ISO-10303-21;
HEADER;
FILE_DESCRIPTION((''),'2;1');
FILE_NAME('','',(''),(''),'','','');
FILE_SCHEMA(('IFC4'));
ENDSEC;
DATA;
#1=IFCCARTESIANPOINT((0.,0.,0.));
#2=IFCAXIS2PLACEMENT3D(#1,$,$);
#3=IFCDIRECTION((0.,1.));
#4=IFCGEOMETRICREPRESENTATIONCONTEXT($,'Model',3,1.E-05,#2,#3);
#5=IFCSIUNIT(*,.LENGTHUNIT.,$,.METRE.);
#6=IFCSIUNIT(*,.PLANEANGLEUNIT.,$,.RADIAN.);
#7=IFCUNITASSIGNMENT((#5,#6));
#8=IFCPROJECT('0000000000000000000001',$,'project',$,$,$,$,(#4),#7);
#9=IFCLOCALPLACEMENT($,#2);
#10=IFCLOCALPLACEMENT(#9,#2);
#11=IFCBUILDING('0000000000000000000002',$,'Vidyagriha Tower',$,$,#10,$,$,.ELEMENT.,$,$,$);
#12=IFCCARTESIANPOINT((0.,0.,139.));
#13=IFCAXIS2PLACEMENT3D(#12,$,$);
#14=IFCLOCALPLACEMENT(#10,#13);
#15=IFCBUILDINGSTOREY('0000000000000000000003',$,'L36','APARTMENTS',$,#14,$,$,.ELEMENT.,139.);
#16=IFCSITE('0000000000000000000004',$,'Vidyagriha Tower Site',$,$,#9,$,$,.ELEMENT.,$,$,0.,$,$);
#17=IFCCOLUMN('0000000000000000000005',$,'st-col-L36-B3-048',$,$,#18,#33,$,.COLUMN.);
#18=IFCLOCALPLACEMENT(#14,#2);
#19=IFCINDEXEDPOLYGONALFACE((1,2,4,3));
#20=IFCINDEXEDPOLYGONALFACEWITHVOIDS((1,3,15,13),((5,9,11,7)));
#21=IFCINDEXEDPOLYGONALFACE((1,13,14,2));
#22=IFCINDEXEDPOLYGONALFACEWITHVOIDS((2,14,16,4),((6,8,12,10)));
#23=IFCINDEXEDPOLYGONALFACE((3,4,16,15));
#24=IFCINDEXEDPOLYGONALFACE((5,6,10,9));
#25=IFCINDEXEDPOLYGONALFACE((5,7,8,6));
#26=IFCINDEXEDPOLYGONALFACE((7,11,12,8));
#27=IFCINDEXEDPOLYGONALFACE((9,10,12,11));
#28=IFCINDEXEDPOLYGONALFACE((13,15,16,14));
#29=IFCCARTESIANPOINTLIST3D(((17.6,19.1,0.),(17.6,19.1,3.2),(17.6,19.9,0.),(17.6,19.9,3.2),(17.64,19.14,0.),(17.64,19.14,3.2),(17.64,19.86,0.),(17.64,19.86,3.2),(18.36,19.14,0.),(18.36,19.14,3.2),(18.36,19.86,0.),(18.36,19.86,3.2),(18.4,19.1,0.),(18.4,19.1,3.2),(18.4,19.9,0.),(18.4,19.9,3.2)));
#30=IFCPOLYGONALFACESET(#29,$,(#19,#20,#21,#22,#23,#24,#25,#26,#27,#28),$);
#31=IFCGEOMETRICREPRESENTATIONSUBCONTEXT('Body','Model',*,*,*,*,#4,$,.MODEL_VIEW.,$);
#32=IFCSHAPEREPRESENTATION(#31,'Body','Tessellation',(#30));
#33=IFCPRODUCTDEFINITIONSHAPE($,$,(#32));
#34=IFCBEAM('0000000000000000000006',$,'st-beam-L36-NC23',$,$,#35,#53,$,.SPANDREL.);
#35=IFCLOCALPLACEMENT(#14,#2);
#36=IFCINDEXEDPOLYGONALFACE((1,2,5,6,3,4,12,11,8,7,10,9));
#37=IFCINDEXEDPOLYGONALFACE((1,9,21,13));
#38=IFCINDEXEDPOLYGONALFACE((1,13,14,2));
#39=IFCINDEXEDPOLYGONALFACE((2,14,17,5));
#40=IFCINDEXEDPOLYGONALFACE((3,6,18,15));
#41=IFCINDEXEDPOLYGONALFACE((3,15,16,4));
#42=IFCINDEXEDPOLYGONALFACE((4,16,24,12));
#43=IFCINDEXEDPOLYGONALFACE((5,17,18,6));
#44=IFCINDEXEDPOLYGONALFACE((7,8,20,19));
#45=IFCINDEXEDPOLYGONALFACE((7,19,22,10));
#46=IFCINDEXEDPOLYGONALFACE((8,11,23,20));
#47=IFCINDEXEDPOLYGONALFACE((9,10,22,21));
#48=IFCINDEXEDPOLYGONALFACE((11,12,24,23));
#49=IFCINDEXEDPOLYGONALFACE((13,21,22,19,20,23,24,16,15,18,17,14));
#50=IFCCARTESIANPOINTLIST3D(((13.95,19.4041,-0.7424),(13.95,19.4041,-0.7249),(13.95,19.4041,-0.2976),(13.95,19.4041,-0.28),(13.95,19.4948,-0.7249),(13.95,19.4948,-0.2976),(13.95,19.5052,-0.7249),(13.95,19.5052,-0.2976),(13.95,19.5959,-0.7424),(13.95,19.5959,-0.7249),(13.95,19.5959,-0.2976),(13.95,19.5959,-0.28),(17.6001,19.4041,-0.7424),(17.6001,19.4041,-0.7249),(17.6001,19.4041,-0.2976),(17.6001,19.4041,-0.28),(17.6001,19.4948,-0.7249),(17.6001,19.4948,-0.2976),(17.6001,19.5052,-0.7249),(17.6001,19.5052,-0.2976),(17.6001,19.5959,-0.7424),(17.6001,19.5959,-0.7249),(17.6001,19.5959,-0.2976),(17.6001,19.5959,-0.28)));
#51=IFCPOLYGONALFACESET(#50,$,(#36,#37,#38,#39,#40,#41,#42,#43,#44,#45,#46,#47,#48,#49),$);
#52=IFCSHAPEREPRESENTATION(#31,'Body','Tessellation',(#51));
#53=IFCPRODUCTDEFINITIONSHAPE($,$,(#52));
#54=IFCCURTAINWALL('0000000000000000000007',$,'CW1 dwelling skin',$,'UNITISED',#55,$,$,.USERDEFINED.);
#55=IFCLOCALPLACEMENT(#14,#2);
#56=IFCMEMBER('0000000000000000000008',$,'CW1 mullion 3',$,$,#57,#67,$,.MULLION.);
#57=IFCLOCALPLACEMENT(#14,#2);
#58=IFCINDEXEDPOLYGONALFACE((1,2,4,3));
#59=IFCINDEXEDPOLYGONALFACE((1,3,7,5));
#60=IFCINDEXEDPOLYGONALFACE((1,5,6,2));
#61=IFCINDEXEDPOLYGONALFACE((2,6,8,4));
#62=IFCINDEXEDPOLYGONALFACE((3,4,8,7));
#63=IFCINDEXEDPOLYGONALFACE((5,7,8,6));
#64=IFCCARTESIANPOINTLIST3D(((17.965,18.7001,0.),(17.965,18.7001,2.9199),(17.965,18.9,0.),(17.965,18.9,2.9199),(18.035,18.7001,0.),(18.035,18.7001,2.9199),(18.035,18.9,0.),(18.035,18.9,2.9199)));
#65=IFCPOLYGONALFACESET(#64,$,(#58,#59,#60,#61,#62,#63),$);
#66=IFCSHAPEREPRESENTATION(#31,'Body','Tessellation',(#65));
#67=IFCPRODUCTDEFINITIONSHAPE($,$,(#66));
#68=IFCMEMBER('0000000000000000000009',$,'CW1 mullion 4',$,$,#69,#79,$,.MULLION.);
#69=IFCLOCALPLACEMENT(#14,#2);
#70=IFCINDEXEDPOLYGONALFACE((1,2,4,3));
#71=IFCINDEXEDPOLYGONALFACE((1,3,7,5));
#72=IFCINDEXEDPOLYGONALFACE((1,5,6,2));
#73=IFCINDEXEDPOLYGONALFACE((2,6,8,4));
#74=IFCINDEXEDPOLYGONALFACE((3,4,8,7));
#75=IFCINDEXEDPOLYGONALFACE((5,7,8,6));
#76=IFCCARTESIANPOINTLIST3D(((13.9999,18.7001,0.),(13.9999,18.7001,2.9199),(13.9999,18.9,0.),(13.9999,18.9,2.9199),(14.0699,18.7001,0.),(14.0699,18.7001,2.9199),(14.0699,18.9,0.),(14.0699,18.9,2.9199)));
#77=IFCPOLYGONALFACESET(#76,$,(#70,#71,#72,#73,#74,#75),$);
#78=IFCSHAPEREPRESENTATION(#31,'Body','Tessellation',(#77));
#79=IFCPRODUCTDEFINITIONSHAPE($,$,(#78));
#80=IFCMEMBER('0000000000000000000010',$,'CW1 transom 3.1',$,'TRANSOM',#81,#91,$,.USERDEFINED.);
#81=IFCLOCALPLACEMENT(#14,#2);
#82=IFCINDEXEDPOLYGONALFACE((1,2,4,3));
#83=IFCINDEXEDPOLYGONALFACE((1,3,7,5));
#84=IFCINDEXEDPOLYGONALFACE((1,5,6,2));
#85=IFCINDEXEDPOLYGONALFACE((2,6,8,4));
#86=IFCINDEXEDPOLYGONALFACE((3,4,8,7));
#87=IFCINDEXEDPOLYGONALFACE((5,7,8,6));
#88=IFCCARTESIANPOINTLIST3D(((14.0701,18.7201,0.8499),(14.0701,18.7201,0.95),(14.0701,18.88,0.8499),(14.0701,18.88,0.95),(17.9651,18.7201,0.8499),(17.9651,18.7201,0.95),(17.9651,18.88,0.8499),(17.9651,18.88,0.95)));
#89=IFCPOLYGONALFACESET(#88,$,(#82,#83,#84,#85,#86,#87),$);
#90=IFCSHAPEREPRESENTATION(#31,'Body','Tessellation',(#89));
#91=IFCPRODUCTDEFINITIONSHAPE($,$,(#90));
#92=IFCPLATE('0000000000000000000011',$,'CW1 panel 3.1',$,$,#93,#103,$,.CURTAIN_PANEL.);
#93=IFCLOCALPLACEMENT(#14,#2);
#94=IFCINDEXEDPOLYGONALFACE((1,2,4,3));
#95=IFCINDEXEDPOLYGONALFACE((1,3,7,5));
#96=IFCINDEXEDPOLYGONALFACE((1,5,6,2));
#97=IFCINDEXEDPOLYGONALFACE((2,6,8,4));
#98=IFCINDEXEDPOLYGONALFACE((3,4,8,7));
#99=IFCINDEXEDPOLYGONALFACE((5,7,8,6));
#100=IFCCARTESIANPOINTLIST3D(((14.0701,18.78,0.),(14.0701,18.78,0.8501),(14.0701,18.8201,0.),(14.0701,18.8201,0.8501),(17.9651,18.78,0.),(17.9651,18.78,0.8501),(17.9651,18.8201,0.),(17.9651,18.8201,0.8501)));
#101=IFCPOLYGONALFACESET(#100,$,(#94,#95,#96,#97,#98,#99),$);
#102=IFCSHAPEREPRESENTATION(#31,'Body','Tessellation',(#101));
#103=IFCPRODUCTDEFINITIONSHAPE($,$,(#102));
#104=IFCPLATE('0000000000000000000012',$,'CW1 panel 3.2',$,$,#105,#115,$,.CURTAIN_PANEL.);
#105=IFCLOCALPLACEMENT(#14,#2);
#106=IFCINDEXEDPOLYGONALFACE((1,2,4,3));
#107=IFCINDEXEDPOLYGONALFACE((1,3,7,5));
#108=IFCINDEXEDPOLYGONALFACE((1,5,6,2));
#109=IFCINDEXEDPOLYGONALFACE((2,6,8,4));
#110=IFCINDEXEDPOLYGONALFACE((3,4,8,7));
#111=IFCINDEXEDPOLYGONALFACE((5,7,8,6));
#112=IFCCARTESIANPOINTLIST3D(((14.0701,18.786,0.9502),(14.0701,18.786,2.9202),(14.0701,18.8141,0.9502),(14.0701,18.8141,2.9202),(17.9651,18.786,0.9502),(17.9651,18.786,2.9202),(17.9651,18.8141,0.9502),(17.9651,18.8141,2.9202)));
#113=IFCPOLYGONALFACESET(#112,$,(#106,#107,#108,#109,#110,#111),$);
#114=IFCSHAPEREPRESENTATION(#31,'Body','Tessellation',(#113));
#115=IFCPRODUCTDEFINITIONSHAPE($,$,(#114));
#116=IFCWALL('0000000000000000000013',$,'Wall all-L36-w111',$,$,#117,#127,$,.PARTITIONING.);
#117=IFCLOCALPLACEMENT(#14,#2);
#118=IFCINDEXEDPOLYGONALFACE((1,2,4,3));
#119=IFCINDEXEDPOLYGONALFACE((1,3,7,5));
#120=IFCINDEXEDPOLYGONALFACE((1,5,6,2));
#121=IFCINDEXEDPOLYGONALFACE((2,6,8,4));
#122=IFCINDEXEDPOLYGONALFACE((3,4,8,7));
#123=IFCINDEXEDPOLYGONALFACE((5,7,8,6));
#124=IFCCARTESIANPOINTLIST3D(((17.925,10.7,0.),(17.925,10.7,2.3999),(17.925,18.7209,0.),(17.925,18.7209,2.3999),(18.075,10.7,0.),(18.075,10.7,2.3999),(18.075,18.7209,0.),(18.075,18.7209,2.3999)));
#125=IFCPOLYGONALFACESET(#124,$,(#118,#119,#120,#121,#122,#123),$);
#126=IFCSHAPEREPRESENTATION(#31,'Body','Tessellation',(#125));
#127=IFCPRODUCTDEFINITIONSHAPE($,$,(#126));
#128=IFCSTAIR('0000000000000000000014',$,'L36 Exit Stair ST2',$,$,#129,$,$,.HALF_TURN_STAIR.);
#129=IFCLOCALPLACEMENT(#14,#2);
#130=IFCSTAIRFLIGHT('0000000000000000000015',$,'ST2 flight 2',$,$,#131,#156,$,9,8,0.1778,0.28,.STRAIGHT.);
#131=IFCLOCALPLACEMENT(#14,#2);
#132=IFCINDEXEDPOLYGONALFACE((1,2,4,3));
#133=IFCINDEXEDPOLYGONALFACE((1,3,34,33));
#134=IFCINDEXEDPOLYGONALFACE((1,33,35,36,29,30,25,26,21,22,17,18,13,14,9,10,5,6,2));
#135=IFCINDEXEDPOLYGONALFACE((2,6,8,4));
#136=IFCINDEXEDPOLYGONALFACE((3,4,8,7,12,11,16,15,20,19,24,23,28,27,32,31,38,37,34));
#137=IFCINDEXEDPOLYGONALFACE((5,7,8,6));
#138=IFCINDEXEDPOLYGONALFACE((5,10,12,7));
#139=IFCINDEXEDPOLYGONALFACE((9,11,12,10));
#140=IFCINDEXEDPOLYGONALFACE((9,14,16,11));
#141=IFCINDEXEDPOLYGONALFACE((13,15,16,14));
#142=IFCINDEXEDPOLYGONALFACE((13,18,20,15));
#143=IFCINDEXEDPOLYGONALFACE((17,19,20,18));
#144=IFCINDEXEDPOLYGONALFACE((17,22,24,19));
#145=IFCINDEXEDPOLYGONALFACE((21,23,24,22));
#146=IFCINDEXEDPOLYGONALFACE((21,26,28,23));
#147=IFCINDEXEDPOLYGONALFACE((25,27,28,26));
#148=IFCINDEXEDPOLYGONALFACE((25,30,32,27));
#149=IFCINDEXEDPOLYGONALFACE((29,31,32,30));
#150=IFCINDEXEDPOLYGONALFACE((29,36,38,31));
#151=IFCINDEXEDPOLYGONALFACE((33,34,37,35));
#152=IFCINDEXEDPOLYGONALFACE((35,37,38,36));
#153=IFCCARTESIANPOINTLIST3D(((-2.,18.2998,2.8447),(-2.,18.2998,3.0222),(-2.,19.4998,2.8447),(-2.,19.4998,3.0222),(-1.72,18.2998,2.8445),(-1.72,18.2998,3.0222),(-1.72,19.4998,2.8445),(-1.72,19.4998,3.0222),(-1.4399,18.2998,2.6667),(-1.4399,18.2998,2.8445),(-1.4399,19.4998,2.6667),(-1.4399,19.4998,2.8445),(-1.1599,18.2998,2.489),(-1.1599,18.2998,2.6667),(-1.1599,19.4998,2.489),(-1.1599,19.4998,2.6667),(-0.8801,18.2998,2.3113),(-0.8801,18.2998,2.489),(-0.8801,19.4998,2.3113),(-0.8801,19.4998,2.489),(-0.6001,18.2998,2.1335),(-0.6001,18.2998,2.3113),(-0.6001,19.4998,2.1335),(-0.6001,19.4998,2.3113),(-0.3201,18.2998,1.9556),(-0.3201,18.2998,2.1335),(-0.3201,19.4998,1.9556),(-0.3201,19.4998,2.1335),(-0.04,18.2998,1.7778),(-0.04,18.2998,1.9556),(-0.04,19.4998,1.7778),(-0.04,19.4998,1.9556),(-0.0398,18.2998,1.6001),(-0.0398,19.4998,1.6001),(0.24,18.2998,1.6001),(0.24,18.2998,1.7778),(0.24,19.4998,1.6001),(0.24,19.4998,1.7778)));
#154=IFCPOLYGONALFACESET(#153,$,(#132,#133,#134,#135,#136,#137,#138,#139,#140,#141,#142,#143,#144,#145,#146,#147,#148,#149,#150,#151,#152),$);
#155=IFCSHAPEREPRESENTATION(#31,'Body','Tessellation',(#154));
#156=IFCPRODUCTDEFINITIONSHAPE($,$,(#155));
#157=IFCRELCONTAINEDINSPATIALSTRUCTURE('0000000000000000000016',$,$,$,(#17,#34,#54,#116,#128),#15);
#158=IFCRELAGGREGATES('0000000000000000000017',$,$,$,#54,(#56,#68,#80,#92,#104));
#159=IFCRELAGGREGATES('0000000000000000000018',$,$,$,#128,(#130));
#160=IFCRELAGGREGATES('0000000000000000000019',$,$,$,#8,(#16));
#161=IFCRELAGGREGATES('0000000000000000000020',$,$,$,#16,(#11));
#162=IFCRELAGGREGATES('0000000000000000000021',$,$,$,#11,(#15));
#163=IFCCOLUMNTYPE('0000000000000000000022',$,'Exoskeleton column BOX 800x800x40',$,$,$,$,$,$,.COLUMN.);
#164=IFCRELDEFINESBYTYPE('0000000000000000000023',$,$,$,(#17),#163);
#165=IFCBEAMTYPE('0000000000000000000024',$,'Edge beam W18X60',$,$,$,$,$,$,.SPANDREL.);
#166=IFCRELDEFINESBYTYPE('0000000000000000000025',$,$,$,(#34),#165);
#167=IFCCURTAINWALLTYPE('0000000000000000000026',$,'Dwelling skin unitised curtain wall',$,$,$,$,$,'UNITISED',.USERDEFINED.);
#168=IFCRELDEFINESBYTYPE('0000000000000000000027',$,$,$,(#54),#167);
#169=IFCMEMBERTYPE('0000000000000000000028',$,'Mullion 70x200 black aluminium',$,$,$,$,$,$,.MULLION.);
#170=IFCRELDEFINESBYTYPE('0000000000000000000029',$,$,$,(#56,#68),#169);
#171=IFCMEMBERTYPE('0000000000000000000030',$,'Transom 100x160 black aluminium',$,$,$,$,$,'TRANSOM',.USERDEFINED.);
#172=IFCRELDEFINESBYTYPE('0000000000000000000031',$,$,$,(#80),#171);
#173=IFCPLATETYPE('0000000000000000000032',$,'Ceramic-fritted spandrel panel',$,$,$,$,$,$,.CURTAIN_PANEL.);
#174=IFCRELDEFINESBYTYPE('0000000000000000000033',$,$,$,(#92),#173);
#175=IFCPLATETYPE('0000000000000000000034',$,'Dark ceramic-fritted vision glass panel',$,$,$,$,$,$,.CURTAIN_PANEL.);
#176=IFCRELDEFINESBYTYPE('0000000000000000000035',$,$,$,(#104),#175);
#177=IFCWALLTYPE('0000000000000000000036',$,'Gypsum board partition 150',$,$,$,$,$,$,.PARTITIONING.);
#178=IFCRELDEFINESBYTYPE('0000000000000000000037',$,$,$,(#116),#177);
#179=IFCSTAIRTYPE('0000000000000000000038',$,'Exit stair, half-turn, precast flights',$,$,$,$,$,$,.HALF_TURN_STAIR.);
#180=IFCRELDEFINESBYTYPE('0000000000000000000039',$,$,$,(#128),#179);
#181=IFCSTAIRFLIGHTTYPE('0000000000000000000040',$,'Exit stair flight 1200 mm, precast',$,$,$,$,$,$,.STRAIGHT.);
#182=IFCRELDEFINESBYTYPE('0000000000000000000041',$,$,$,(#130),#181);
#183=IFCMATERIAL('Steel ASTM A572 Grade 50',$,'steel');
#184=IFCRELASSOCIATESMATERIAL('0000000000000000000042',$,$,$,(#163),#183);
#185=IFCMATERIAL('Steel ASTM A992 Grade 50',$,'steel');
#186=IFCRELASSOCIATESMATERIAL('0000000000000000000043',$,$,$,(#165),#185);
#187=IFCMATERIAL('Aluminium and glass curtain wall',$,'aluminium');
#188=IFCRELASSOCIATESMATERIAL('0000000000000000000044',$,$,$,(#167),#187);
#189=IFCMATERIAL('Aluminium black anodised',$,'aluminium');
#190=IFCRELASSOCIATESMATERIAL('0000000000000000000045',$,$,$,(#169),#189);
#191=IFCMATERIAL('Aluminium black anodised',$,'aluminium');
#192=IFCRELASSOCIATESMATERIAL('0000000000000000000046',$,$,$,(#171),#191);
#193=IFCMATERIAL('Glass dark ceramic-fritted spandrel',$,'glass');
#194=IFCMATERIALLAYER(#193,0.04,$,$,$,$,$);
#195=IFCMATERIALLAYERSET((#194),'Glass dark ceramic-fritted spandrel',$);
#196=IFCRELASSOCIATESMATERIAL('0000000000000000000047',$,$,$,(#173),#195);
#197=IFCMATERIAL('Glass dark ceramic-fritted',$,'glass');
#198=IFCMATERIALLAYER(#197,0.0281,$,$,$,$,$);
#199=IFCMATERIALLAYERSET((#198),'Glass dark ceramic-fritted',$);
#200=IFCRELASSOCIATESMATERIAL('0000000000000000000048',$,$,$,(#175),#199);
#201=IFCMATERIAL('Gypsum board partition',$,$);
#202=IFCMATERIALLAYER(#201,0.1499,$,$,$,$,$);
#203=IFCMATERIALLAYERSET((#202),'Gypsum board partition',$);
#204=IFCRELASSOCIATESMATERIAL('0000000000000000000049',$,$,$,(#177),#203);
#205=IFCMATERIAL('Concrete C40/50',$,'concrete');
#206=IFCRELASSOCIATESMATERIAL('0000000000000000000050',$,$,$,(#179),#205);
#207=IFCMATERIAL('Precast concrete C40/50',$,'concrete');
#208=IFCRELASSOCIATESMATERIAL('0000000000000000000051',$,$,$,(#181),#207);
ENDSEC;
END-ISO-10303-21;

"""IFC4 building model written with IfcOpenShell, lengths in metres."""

from ifc_helpers import new_model, si_unit, direction, frame, frame_2d, origin, origin_2d, place, context, subcontext, project, spatial, polyline, rectangle, hollow_rectangle, i_section, outline, extrude, material, layer, layer_set, material_profile, profile_set, type_object, element, aggregate, save


model = new_model("IFC4")

# Units and contexts
model_context = context("Model", 3, precision=1e-05, world=origin(), true_north=direction((0.0, 1.0)))
body_context = subcontext(model_context, "Body", "Model", "MODEL_VIEW")
ifc_project = project(units=[si_unit("LENGTHUNIT", "METRE"), si_unit("PLANEANGLEUNIT", "RADIAN")], contexts=[model_context])

# Site, building, storey
site_placement = place(None, origin())
site = spatial("IfcSite", under=ifc_project, at=site_placement, Name="Vidyagriha Tower Site", CompositionType="ELEMENT", RefElevation=0.0)
building_placement = place(site_placement, origin())
building = spatial("IfcBuilding", under=site, at=building_placement, Name="Vidyagriha Tower", CompositionType="ELEMENT")
storey_placement = place(building_placement, frame((0.0, 0.0, 139.0)))
storey = spatial("IfcBuildingStorey", under=building, at=storey_placement, Name="L36", Description="APARTMENTS", CompositionType="ELEMENT", Elevation=139.0)

# Column
ifc_material_1 = material(Name="Steel ASTM A572 Grade 50", Category="steel")
ifc_material_profile_1 = material_profile(ifc_material_1, hollow_rectangle(XDim=0.8, YDim=0.8, WallThickness=0.04, at=origin_2d()), Name="BOX 800x800x40")
ifc_profile_set_1 = profile_set([ifc_material_profile_1], Name="Steel ASTM A572 Grade 50")
column_type = type_object("IfcColumnType", Name="Exoskeleton column BOX 800x800x40", PredefinedType="COLUMN", material=ifc_profile_set_1)
column_placement = place(storey_placement, frame((18.0, 19.5, 0.0)))
element("IfcColumn", 1, at=column_placement, inside=storey, type_object=column_type, Name="st-col-L36-B3-048", PredefinedType="COLUMN", context=body_context, shape_type="SweptSolid", body=[
    extrude(hollow_rectangle(XDim=0.8, YDim=0.8, WallThickness=0.04, at=origin_2d()), origin(), (0.0, 0.0, 1.0), 3.2),
])

# Beam
ifc_material_2 = material(Name="Steel ASTM A992 Grade 50", Category="steel")
ifc_material_profile_2 = material_profile(ifc_material_2, i_section(OverallWidth=0.1919, OverallDepth=0.4624, WebThickness=0.0105, FlangeThickness=0.0176, at=origin_2d()), Name="W18X60")
ifc_profile_set_2 = profile_set([ifc_material_profile_2], Name="Steel ASTM A992 Grade 50")
beam_type = type_object("IfcBeamType", Name="Edge beam W18X60", PredefinedType="SPANDREL", material=ifc_profile_set_2)
beam_placement = place(storey_placement, frame((13.95, 19.5, -0.5112), z_axis=(1.0, 0.0, 0.0), x_axis=(0.0, 1.0, 0.0)))
element("IfcBeam", 2, at=beam_placement, inside=storey, type_object=beam_type, Name="st-beam-L36-NC23", PredefinedType="SPANDREL", context=body_context, shape_type="SweptSolid", body=[
    extrude(i_section(OverallWidth=0.1919, OverallDepth=0.4624, WebThickness=0.0105, FlangeThickness=0.0176, at=origin_2d()), origin(), (0.0, 0.0, 1.0), 3.6501),
])

# Curtain wall, members, plates
ifc_material_3 = material(Name="Aluminium and glass curtain wall", Category="aluminium")
curtain_wall_type = type_object("IfcCurtainWallType", Name="Dwelling skin unitised curtain wall", ElementType="UNITISED", PredefinedType="USERDEFINED", material=ifc_material_3)
curtain_wall_placement = place(storey_placement, origin())
curtain_wall = element("IfcCurtainWall", 3, at=curtain_wall_placement, inside=storey, type_object=curtain_wall_type, Name="CW1 dwelling skin", ObjectType="UNITISED", PredefinedType="USERDEFINED")
ifc_material_4 = material(Name="Aluminium black anodised", Category="aluminium")
ifc_material_profile_3 = material_profile(ifc_material_4, rectangle(XDim=0.2, YDim=0.0701, at=origin_2d()), Name="Mullion 70x200 black aluminium")
ifc_profile_set_3 = profile_set([ifc_material_profile_3], Name="Aluminium black anodised")
member_type_1 = type_object("IfcMemberType", Name="Mullion 70x200 black aluminium", PredefinedType="MULLION", material=ifc_profile_set_3)
member_1_placement = place(storey_placement, frame((18.0, 18.8, 0.0), z_axis=(0.0, 0.0, 1.0), x_axis=(0.0, -1.0, 0.0)))
member_1 = element("IfcMember", 4, at=member_1_placement, type_object=member_type_1, Name="CW1 mullion 3", PredefinedType="MULLION", context=body_context, shape_type="SweptSolid", body=[
    extrude(rectangle(XDim=0.2, YDim=0.0701, at=origin_2d()), origin(), (0.0, 0.0, 1.0), 2.9199),
])
member_2_placement = place(storey_placement, frame((14.0349, 18.8, 0.0), z_axis=(0.0, 0.0, 1.0), x_axis=(0.0, -1.0, 0.0)))
member_2 = element("IfcMember", 5, at=member_2_placement, type_object=member_type_1, Name="CW1 mullion 4", PredefinedType="MULLION", context=body_context, shape_type="SweptSolid", body=[
    extrude(rectangle(XDim=0.2, YDim=0.0701, at=origin_2d()), origin(), (0.0, 0.0, 1.0), 2.9199),
])
ifc_material_5 = material(Name="Aluminium black anodised", Category="aluminium")
ifc_material_profile_4 = material_profile(ifc_material_5, rectangle(XDim=0.1599, YDim=0.1001, at=origin_2d()), Name="Transom 100x160 black aluminium")
ifc_profile_set_4 = profile_set([ifc_material_profile_4], Name="Aluminium black anodised")
member_type_2 = type_object("IfcMemberType", Name="Transom 100x160 black aluminium", ElementType="TRANSOM", PredefinedType="USERDEFINED", material=ifc_profile_set_4)
member_3_placement = place(storey_placement, frame((17.9651, 18.8, 0.8999), z_axis=(-1.0, 0.0, 0.0), x_axis=(0.0, -1.0, 0.0)))
member_3 = element("IfcMember", 6, at=member_3_placement, type_object=member_type_2, Name="CW1 transom 3.1", ObjectType="TRANSOM", PredefinedType="USERDEFINED", context=body_context, shape_type="SweptSolid", body=[
    extrude(rectangle(XDim=0.1599, YDim=0.1001, at=origin_2d()), origin(), (0.0, 0.0, 1.0), 3.895),
])
ifc_material_6 = material(Name="Glass dark ceramic-fritted spandrel", Category="glass")
ifc_layer_1 = layer(ifc_material_6, 0.04)
ifc_layer_set_1 = layer_set([ifc_layer_1], Name="Glass dark ceramic-fritted spandrel")
plate_type_1 = type_object("IfcPlateType", Name="Ceramic-fritted spandrel panel", PredefinedType="CURTAIN_PANEL", material=ifc_layer_set_1)
plate_1_placement = place(storey_placement, frame((16.0176, 18.8, 0.0), z_axis=(0.0, 0.0, 1.0), x_axis=(-1.0, 0.0, 0.0)))
plate_1 = element("IfcPlate", 7, at=plate_1_placement, type_object=plate_type_1, Name="CW1 panel 3.1", PredefinedType="CURTAIN_PANEL", context=body_context, shape_type="SweptSolid", body=[
    extrude(rectangle(XDim=3.895, YDim=0.04, at=origin_2d()), origin(), (0.0, 0.0, 1.0), 0.8501),
])
ifc_material_7 = material(Name="Glass dark ceramic-fritted", Category="glass")
ifc_layer_2 = layer(ifc_material_7, 0.0281)
ifc_layer_set_2 = layer_set([ifc_layer_2], Name="Glass dark ceramic-fritted")
plate_type_2 = type_object("IfcPlateType", Name="Dark ceramic-fritted vision glass panel", PredefinedType="CURTAIN_PANEL", material=ifc_layer_set_2)
plate_2_placement = place(storey_placement, frame((16.0176, 18.8, 0.9502), z_axis=(0.0, 0.0, 1.0), x_axis=(-1.0, 0.0, 0.0)))
plate_2 = element("IfcPlate", 8, at=plate_2_placement, type_object=plate_type_2, Name="CW1 panel 3.2", PredefinedType="CURTAIN_PANEL", context=body_context, shape_type="SweptSolid", body=[
    extrude(rectangle(XDim=3.895, YDim=0.0281, at=origin_2d()), origin(), (0.0, 0.0, 1.0), 1.97),
])
aggregate(curtain_wall, [member_1, member_2, member_3, plate_1, plate_2])

# Wall
ifc_material_8 = material(Name="Gypsum board partition")
ifc_layer_3 = layer(ifc_material_8, 0.1499)
ifc_layer_set_3 = layer_set([ifc_layer_3], Name="Gypsum board partition")
wall_type = type_object("IfcWallType", Name="Gypsum board partition 150", PredefinedType="PARTITIONING", material=ifc_layer_set_3)
wall_placement = place(storey_placement, frame((18.0, 18.7209, 0.0), z_axis=(0.0, 0.0, 1.0), x_axis=(0.0, -1.0, 0.0)))
element("IfcWall", 9, at=wall_placement, inside=storey, type_object=wall_type, Name="Wall all-L36-w111", PredefinedType="PARTITIONING", context=body_context, shape_type="SweptSolid", body=[
    extrude(rectangle(XDim=8.021, YDim=0.1499, at=frame_2d((4.0105, 0.0))), origin(), (0.0, 0.0, 1.0), 2.3999),
])

# Stair, stair flight
ifc_material_9 = material(Name="Concrete C40/50", Category="concrete")
stair_type = type_object("IfcStairType", Name="Exit stair, half-turn, precast flights", PredefinedType="HALF_TURN_STAIR", material=ifc_material_9)
stair_1_placement = place(storey_placement, origin())
stair_1 = element("IfcStair", 10, at=stair_1_placement, inside=storey, type_object=stair_type, Name="L36 Exit Stair ST2", PredefinedType="HALF_TURN_STAIR")
ifc_material_10 = material(Name="Precast concrete C40/50", Category="concrete")
stair_flight_type = type_object("IfcStairFlightType", Name="Exit stair flight 1200 mm, precast", PredefinedType="STRAIGHT", material=ifc_material_10)
stair_flight_1_placement = place(storey_placement, frame((0.24, 18.8999, 1.6001), z_axis=(0.0, 0.0, 1.0), x_axis=(-1.0, 0.0, 0.0)))
stair_flight_1 = element("IfcStairFlight", 11, at=stair_flight_1_placement, type_object=stair_flight_type, Name="ST2 flight 2", NumberOfRisers=9, NumberOfTreads=8, PredefinedType="STRAIGHT", RiserHeight=0.1778, TreadLength=0.28, context=body_context, shape_type="SweptSolid", body=[
    extrude(outline(polyline([(0.0, 0.0), (0.0, 0.1777), (0.28, 0.1777), (0.28, 0.3555), (0.5601, 0.3555), (0.5601, 0.5334), (0.8401, 0.5334), (0.8401, 0.7112), (1.1201, 0.7112), (1.1201, 0.8889), (1.3999, 0.8889), (1.3999, 1.0667), (1.6799, 1.0667), (1.6799, 1.2444), (1.96, 1.2444), (1.96, 1.4221), (2.24, 1.4221), (2.24, 1.6001), (2.24, 1.2446), (0.2798, 0.0), (0.0, 0.0)])), frame((0.0, 0.6001, 0.0), z_axis=(0.0, -1.0, 0.0), x_axis=(1.0, 0.0, 0.0)), (0.0, 0.0, 1.0), 1.2),
])
aggregate(stair_1, [stair_flight_1])

save(model, "model.ifc")
